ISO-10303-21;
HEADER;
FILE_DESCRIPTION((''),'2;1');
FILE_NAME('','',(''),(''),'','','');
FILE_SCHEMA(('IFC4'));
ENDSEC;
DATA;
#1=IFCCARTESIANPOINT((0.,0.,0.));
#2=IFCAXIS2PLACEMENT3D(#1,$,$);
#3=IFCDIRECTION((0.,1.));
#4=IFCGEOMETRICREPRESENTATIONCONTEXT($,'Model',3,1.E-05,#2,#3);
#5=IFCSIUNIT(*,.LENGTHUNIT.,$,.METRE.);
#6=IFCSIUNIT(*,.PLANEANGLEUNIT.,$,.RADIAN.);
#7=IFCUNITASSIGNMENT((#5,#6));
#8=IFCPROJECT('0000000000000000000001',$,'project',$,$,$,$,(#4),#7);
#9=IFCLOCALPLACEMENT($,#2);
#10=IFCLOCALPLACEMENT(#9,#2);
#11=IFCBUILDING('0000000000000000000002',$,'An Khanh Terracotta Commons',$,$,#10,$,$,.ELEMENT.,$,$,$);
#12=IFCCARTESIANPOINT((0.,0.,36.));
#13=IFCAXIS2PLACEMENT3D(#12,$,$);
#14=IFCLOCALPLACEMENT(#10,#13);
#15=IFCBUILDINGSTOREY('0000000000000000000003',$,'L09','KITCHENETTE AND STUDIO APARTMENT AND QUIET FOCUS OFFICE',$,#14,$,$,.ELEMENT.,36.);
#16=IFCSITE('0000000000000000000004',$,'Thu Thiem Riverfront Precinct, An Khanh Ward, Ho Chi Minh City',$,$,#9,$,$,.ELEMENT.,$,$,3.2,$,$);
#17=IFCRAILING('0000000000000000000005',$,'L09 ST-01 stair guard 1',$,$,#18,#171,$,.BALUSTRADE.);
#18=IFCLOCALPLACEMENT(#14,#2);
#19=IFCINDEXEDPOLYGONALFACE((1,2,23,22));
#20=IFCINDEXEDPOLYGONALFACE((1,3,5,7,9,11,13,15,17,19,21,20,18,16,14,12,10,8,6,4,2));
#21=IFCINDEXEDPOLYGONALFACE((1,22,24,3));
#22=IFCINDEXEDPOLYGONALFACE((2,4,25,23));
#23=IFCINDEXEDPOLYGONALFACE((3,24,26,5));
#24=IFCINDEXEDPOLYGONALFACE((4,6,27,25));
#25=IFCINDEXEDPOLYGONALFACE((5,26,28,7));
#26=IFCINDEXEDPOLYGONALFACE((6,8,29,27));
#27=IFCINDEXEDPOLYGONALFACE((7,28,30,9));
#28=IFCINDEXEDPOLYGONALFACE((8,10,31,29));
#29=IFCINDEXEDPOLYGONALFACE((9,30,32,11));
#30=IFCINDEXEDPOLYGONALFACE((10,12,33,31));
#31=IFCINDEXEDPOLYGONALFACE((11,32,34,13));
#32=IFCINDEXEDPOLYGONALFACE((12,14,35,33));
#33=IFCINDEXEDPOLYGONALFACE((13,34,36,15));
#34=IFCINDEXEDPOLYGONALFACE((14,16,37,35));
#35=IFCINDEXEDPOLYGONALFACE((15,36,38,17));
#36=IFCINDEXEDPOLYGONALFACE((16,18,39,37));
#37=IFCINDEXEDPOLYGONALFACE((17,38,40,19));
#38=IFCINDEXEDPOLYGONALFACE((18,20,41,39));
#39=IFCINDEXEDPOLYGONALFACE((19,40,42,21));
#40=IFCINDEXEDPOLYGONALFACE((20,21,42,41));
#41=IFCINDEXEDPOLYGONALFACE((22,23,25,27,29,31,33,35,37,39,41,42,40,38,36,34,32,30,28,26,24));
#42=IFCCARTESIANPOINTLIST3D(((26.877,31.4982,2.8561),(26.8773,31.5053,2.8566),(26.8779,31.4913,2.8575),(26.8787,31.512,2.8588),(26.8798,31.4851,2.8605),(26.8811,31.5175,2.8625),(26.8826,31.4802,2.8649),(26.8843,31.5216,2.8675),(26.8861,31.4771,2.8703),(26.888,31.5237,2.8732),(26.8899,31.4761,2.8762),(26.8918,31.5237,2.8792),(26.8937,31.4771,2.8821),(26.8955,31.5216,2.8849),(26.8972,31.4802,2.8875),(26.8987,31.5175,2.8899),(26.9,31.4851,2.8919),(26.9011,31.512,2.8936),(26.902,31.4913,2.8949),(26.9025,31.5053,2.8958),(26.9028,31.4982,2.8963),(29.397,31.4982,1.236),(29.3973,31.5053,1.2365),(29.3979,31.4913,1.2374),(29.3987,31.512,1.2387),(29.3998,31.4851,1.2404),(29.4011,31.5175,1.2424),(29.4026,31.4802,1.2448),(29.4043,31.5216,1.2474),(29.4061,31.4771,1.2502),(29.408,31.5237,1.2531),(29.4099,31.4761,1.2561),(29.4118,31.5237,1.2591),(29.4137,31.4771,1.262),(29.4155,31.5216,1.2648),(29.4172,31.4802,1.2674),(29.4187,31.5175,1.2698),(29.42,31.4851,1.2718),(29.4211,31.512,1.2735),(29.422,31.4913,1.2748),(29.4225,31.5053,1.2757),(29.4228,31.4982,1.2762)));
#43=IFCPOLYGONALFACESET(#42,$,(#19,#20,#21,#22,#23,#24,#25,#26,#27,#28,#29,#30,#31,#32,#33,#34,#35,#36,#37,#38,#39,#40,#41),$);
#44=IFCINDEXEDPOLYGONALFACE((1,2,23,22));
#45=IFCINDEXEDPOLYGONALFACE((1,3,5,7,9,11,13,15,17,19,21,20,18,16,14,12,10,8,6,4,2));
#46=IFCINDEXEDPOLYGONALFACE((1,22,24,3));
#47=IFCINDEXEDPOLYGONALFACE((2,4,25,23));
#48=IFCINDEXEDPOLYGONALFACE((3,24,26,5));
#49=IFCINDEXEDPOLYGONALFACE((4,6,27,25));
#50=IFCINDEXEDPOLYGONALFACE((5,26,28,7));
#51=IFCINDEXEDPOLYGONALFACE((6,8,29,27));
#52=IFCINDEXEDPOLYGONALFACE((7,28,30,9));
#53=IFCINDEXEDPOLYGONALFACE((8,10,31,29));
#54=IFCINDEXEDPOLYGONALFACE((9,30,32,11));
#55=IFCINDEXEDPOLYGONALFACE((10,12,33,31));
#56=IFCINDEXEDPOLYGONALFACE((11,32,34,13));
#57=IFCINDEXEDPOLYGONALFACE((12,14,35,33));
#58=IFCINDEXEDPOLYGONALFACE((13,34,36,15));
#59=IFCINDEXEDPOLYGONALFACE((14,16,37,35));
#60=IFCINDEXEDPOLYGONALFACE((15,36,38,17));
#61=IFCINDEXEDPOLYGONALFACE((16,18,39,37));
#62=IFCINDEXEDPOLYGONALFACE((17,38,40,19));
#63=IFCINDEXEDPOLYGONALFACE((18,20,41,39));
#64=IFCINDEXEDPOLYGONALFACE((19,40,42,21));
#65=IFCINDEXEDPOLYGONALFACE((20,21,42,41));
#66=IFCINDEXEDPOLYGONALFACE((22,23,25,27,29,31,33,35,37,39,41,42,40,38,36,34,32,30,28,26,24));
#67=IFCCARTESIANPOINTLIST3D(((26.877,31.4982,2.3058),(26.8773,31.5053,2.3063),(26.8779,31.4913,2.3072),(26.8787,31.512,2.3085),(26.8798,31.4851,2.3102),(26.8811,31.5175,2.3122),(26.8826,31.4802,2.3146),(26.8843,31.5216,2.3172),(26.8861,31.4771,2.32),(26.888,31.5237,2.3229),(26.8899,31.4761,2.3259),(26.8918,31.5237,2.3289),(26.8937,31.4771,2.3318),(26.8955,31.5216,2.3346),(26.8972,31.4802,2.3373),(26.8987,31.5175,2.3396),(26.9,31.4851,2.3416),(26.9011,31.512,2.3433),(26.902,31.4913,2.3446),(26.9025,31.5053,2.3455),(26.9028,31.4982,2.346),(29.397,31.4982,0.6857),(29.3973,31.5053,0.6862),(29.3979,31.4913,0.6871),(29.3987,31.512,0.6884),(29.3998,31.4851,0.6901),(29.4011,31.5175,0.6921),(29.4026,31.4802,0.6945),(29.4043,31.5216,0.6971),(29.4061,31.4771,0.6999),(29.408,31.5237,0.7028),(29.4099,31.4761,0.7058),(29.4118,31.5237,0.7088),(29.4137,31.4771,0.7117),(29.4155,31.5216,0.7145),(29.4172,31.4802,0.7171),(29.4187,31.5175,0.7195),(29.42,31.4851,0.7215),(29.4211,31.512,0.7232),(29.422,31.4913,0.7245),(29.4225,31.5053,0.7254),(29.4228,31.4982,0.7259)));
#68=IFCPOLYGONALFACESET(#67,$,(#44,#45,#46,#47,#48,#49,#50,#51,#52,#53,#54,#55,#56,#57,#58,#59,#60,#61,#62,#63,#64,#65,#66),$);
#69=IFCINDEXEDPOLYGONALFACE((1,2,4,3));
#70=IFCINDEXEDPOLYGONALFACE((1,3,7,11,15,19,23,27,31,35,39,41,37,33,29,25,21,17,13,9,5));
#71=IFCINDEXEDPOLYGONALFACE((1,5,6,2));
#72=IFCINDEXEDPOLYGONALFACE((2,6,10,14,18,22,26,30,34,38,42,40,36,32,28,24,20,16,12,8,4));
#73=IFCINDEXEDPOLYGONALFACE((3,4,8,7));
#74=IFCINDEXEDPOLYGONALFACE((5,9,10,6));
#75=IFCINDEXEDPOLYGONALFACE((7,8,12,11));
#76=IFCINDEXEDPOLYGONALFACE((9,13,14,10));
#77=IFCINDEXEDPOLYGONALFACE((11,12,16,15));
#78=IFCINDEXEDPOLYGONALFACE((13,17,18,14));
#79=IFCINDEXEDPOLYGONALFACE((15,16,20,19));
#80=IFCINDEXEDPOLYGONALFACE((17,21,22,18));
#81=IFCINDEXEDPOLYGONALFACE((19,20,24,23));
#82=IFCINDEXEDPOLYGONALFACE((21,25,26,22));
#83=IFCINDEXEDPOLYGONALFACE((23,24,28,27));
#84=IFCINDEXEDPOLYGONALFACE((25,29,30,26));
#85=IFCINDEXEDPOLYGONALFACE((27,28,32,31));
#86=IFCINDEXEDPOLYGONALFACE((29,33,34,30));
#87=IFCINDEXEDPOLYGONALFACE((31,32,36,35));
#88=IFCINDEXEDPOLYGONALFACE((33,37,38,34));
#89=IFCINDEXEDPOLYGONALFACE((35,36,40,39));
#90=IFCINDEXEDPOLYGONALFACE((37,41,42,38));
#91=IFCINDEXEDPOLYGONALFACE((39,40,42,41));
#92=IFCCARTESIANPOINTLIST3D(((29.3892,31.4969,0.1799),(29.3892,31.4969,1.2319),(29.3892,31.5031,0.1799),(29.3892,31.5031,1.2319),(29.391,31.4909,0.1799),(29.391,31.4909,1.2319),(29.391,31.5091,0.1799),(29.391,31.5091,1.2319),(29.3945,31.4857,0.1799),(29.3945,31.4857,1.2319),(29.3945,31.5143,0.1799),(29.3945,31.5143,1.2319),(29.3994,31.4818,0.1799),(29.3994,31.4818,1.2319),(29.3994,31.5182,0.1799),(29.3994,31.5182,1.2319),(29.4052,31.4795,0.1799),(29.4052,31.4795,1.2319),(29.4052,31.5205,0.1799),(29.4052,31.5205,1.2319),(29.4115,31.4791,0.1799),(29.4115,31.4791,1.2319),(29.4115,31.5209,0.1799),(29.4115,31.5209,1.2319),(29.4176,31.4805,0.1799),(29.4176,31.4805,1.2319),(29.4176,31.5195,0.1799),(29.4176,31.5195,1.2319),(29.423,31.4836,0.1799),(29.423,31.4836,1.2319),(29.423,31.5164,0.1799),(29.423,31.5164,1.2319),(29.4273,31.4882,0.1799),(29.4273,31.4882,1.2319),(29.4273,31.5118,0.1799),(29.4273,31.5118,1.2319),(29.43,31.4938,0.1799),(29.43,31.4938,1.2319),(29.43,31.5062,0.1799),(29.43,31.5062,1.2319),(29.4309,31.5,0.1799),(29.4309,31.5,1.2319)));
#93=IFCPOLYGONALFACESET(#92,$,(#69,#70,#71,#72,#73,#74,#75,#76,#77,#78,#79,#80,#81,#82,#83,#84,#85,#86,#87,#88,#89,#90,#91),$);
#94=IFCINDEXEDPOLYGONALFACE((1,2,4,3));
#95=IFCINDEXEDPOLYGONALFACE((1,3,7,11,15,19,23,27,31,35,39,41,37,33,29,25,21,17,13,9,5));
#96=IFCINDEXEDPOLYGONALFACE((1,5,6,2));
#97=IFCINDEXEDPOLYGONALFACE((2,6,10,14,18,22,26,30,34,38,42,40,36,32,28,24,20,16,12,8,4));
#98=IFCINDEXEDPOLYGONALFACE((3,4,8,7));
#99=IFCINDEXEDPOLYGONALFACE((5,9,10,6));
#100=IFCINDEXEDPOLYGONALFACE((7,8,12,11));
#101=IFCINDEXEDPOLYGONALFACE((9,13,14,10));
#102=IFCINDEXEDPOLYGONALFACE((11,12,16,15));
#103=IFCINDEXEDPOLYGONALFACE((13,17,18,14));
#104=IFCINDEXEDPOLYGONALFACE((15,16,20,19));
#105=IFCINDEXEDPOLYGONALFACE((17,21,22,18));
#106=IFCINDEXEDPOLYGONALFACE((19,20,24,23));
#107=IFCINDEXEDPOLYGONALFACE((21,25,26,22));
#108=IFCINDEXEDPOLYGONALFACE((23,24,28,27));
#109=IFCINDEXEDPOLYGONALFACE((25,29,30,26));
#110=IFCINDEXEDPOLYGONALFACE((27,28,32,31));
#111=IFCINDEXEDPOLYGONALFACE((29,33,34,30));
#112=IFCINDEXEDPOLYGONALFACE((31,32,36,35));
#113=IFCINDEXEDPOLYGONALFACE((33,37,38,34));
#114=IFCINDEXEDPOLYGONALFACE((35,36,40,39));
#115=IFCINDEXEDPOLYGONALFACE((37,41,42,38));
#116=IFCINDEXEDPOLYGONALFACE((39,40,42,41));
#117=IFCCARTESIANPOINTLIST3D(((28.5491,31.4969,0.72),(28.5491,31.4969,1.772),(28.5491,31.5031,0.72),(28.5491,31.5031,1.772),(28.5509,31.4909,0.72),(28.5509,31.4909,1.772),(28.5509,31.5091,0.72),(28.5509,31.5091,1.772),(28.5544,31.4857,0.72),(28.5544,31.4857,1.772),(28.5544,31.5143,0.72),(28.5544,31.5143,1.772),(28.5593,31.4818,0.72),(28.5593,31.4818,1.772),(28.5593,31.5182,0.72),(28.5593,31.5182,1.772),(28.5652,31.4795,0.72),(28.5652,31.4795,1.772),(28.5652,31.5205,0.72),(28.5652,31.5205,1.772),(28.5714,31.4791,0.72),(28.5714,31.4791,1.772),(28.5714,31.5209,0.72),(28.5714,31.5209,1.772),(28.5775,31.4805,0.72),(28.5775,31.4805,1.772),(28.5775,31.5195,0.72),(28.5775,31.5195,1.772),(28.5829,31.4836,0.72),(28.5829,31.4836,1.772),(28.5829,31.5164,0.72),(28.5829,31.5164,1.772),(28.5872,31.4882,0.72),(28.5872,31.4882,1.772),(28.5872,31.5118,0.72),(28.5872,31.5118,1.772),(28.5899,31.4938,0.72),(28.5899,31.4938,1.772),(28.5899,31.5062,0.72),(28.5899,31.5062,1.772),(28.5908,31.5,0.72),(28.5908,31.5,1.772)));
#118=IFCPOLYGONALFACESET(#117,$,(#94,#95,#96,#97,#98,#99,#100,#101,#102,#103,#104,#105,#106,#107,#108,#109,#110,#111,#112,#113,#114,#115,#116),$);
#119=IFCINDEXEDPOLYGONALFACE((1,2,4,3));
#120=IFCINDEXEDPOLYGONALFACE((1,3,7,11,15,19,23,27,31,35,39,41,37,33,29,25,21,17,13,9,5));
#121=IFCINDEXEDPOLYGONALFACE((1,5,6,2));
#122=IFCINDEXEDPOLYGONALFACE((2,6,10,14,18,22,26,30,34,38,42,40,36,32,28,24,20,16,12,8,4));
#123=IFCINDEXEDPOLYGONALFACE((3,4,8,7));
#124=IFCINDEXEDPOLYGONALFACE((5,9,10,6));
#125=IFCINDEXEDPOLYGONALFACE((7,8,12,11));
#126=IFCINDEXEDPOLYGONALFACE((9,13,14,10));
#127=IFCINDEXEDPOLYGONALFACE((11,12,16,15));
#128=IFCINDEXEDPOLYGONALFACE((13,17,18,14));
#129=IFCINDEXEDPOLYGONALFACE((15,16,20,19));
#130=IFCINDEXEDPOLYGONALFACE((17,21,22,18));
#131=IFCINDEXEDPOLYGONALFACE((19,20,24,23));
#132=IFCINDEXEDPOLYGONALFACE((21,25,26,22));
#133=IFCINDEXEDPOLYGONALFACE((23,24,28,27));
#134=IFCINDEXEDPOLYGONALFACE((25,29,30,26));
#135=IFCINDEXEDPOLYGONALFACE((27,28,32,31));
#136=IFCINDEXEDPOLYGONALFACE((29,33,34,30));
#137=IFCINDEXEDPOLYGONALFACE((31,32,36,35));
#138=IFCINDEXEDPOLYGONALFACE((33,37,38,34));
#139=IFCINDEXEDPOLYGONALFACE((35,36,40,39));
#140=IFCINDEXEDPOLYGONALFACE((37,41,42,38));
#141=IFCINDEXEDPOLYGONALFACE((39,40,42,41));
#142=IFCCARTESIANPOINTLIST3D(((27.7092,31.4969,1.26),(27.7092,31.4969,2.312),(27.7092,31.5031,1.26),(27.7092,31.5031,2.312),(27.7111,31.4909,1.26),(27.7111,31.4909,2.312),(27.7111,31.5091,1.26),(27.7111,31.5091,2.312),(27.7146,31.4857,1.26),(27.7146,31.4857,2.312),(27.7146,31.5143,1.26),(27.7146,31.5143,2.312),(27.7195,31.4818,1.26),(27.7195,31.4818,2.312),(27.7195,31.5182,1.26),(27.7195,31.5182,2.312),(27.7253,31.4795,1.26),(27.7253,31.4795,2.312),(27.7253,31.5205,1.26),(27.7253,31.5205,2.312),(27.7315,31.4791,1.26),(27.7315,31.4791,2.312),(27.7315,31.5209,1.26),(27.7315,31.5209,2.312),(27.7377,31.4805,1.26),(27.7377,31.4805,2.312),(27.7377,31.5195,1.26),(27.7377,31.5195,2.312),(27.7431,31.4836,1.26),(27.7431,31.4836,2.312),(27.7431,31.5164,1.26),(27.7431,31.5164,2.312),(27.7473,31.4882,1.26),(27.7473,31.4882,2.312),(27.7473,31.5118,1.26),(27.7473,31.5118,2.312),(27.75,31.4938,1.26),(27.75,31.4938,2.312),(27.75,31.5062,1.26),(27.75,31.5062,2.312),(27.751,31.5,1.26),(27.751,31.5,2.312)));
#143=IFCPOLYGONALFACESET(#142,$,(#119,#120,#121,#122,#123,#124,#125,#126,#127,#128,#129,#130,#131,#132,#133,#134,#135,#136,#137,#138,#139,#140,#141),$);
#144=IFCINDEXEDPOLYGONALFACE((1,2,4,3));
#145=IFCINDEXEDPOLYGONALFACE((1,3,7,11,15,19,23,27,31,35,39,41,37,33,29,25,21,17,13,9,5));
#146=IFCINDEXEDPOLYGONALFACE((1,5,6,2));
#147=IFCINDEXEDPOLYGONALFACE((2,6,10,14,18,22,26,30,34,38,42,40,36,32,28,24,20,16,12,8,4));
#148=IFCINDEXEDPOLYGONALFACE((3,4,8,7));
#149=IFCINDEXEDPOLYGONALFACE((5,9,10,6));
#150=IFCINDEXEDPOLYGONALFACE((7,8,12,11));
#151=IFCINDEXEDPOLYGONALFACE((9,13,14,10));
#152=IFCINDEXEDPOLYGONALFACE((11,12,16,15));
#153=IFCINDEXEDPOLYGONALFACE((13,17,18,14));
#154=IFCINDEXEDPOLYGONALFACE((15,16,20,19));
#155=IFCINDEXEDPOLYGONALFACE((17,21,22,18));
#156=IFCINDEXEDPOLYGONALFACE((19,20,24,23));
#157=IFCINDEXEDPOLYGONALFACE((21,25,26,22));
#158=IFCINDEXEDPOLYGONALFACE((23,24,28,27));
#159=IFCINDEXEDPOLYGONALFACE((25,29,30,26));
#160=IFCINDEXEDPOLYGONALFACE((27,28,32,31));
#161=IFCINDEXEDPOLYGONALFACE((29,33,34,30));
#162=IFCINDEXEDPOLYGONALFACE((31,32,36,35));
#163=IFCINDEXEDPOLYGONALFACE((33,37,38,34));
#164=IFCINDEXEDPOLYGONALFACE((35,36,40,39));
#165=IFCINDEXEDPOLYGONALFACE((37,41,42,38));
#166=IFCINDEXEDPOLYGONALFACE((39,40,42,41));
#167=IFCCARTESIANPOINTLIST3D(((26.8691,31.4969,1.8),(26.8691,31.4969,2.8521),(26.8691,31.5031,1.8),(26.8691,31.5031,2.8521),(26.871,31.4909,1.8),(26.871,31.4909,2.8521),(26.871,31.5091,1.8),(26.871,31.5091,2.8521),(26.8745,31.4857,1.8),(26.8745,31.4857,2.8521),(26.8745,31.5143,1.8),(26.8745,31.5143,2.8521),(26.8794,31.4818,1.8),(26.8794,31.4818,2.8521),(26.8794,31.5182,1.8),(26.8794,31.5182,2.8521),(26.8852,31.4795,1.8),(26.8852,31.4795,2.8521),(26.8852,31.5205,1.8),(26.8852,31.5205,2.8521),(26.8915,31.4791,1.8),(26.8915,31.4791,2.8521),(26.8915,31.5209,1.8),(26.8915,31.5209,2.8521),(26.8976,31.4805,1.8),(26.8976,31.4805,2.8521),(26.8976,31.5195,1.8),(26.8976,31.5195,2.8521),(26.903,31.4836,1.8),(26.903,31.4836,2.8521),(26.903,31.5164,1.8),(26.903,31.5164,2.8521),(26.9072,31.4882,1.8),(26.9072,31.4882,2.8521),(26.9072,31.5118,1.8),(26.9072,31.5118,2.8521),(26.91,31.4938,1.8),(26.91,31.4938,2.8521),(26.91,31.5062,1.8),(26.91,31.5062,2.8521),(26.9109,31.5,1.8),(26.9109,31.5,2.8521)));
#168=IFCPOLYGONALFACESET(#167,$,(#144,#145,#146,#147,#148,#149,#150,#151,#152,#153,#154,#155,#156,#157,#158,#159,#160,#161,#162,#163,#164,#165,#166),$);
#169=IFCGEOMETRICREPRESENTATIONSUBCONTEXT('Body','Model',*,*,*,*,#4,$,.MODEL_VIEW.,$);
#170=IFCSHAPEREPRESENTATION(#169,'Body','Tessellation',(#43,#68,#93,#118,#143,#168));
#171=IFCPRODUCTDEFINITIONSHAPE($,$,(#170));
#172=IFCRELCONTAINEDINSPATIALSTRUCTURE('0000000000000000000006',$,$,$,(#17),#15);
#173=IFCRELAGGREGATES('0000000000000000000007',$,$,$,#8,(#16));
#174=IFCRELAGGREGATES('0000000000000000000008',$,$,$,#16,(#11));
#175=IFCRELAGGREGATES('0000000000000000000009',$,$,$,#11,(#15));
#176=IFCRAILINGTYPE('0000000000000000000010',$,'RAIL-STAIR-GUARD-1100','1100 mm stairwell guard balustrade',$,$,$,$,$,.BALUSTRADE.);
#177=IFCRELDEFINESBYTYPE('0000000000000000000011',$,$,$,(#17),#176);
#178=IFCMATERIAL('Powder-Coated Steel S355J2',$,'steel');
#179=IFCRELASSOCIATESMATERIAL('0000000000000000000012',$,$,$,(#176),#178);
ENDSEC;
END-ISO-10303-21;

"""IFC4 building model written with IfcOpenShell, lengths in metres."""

from ifc_helpers import new_model, si_unit, direction, frame, origin, origin_2d, place, context, subcontext, project, spatial, circle, extrude, material, type_object, element, save


model = new_model("IFC4")

# Units and contexts
model_context = context("Model", 3, precision=1e-05, world=origin(), true_north=direction((0.0, 1.0)))
body_context = subcontext(model_context, "Body", "Model", "MODEL_VIEW")
ifc_project = project(units=[si_unit("LENGTHUNIT", "METRE"), si_unit("PLANEANGLEUNIT", "RADIAN")], contexts=[model_context])

# Site, building, storey
site_placement = place(None, origin())
site = spatial("IfcSite", under=ifc_project, at=site_placement, Name="Thu Thiem Riverfront Precinct, An Khanh Ward, Ho Chi Minh City", CompositionType="ELEMENT", RefElevation=3.2)
building_placement = place(site_placement, origin())
building = spatial("IfcBuilding", under=site, at=building_placement, Name="An Khanh Terracotta Commons", CompositionType="ELEMENT")
storey_placement = place(building_placement, frame((0.0, 0.0, 36.0)))
storey = spatial("IfcBuildingStorey", under=building, at=storey_placement, Name="L09", Description="KITCHENETTE AND STUDIO APARTMENT AND QUIET FOCUS OFFICE", CompositionType="ELEMENT", Elevation=36.0)

# Railing
ifc_material_1 = material(Name="Powder-Coated Steel S355J2", Category="steel")
railing_type_1 = type_object("IfcRailingType", Name="RAIL-STAIR-GUARD-1100", Description="1100 mm stairwell guard balustrade", PredefinedType="BALUSTRADE", material=ifc_material_1)
railing_1_placement = place(storey_placement, frame((29.4099, 31.5, 0.1799)))
element("IfcRailing", 1, at=railing_1_placement, inside=storey, type_object=railing_type_1, Name="L09 ST-01 stair guard 1", PredefinedType="BALUSTRADE", context=body_context, shape_type="SweptSolid", body=[
    extrude(circle(Radius=0.0239, at=origin_2d()), frame((0.0, 0.0, 1.0762), z_axis=(-0.841163, 0.0, 0.540782), x_axis=(0.0, -1.0, 0.0)), (0.0, 0.0, 1.0), 2.9958),
    extrude(circle(Radius=0.0239, at=origin_2d()), frame((0.0, 0.0, 0.5259), z_axis=(-0.841163, 0.0, 0.540782), x_axis=(0.0, -1.0, 0.0)), (0.0, 0.0, 1.0), 2.9958),
    extrude(circle(Radius=0.021, at=origin_2d()), origin(), (0.0, 0.0, 1.0), 1.052),
    extrude(circle(Radius=0.021, at=origin_2d()), frame((-0.8401, 0.0, 0.54)), (0.0, 0.0, 1.0), 1.052),
    extrude(circle(Radius=0.021, at=origin_2d()), frame((-1.6799, 0.0, 1.0801)), (0.0, 0.0, 1.0), 1.052),
    extrude(circle(Radius=0.021, at=origin_2d()), frame((-2.52, 0.0, 1.6201)), (0.0, 0.0, 1.0), 1.052),
])

save(model, "model.ifc")
